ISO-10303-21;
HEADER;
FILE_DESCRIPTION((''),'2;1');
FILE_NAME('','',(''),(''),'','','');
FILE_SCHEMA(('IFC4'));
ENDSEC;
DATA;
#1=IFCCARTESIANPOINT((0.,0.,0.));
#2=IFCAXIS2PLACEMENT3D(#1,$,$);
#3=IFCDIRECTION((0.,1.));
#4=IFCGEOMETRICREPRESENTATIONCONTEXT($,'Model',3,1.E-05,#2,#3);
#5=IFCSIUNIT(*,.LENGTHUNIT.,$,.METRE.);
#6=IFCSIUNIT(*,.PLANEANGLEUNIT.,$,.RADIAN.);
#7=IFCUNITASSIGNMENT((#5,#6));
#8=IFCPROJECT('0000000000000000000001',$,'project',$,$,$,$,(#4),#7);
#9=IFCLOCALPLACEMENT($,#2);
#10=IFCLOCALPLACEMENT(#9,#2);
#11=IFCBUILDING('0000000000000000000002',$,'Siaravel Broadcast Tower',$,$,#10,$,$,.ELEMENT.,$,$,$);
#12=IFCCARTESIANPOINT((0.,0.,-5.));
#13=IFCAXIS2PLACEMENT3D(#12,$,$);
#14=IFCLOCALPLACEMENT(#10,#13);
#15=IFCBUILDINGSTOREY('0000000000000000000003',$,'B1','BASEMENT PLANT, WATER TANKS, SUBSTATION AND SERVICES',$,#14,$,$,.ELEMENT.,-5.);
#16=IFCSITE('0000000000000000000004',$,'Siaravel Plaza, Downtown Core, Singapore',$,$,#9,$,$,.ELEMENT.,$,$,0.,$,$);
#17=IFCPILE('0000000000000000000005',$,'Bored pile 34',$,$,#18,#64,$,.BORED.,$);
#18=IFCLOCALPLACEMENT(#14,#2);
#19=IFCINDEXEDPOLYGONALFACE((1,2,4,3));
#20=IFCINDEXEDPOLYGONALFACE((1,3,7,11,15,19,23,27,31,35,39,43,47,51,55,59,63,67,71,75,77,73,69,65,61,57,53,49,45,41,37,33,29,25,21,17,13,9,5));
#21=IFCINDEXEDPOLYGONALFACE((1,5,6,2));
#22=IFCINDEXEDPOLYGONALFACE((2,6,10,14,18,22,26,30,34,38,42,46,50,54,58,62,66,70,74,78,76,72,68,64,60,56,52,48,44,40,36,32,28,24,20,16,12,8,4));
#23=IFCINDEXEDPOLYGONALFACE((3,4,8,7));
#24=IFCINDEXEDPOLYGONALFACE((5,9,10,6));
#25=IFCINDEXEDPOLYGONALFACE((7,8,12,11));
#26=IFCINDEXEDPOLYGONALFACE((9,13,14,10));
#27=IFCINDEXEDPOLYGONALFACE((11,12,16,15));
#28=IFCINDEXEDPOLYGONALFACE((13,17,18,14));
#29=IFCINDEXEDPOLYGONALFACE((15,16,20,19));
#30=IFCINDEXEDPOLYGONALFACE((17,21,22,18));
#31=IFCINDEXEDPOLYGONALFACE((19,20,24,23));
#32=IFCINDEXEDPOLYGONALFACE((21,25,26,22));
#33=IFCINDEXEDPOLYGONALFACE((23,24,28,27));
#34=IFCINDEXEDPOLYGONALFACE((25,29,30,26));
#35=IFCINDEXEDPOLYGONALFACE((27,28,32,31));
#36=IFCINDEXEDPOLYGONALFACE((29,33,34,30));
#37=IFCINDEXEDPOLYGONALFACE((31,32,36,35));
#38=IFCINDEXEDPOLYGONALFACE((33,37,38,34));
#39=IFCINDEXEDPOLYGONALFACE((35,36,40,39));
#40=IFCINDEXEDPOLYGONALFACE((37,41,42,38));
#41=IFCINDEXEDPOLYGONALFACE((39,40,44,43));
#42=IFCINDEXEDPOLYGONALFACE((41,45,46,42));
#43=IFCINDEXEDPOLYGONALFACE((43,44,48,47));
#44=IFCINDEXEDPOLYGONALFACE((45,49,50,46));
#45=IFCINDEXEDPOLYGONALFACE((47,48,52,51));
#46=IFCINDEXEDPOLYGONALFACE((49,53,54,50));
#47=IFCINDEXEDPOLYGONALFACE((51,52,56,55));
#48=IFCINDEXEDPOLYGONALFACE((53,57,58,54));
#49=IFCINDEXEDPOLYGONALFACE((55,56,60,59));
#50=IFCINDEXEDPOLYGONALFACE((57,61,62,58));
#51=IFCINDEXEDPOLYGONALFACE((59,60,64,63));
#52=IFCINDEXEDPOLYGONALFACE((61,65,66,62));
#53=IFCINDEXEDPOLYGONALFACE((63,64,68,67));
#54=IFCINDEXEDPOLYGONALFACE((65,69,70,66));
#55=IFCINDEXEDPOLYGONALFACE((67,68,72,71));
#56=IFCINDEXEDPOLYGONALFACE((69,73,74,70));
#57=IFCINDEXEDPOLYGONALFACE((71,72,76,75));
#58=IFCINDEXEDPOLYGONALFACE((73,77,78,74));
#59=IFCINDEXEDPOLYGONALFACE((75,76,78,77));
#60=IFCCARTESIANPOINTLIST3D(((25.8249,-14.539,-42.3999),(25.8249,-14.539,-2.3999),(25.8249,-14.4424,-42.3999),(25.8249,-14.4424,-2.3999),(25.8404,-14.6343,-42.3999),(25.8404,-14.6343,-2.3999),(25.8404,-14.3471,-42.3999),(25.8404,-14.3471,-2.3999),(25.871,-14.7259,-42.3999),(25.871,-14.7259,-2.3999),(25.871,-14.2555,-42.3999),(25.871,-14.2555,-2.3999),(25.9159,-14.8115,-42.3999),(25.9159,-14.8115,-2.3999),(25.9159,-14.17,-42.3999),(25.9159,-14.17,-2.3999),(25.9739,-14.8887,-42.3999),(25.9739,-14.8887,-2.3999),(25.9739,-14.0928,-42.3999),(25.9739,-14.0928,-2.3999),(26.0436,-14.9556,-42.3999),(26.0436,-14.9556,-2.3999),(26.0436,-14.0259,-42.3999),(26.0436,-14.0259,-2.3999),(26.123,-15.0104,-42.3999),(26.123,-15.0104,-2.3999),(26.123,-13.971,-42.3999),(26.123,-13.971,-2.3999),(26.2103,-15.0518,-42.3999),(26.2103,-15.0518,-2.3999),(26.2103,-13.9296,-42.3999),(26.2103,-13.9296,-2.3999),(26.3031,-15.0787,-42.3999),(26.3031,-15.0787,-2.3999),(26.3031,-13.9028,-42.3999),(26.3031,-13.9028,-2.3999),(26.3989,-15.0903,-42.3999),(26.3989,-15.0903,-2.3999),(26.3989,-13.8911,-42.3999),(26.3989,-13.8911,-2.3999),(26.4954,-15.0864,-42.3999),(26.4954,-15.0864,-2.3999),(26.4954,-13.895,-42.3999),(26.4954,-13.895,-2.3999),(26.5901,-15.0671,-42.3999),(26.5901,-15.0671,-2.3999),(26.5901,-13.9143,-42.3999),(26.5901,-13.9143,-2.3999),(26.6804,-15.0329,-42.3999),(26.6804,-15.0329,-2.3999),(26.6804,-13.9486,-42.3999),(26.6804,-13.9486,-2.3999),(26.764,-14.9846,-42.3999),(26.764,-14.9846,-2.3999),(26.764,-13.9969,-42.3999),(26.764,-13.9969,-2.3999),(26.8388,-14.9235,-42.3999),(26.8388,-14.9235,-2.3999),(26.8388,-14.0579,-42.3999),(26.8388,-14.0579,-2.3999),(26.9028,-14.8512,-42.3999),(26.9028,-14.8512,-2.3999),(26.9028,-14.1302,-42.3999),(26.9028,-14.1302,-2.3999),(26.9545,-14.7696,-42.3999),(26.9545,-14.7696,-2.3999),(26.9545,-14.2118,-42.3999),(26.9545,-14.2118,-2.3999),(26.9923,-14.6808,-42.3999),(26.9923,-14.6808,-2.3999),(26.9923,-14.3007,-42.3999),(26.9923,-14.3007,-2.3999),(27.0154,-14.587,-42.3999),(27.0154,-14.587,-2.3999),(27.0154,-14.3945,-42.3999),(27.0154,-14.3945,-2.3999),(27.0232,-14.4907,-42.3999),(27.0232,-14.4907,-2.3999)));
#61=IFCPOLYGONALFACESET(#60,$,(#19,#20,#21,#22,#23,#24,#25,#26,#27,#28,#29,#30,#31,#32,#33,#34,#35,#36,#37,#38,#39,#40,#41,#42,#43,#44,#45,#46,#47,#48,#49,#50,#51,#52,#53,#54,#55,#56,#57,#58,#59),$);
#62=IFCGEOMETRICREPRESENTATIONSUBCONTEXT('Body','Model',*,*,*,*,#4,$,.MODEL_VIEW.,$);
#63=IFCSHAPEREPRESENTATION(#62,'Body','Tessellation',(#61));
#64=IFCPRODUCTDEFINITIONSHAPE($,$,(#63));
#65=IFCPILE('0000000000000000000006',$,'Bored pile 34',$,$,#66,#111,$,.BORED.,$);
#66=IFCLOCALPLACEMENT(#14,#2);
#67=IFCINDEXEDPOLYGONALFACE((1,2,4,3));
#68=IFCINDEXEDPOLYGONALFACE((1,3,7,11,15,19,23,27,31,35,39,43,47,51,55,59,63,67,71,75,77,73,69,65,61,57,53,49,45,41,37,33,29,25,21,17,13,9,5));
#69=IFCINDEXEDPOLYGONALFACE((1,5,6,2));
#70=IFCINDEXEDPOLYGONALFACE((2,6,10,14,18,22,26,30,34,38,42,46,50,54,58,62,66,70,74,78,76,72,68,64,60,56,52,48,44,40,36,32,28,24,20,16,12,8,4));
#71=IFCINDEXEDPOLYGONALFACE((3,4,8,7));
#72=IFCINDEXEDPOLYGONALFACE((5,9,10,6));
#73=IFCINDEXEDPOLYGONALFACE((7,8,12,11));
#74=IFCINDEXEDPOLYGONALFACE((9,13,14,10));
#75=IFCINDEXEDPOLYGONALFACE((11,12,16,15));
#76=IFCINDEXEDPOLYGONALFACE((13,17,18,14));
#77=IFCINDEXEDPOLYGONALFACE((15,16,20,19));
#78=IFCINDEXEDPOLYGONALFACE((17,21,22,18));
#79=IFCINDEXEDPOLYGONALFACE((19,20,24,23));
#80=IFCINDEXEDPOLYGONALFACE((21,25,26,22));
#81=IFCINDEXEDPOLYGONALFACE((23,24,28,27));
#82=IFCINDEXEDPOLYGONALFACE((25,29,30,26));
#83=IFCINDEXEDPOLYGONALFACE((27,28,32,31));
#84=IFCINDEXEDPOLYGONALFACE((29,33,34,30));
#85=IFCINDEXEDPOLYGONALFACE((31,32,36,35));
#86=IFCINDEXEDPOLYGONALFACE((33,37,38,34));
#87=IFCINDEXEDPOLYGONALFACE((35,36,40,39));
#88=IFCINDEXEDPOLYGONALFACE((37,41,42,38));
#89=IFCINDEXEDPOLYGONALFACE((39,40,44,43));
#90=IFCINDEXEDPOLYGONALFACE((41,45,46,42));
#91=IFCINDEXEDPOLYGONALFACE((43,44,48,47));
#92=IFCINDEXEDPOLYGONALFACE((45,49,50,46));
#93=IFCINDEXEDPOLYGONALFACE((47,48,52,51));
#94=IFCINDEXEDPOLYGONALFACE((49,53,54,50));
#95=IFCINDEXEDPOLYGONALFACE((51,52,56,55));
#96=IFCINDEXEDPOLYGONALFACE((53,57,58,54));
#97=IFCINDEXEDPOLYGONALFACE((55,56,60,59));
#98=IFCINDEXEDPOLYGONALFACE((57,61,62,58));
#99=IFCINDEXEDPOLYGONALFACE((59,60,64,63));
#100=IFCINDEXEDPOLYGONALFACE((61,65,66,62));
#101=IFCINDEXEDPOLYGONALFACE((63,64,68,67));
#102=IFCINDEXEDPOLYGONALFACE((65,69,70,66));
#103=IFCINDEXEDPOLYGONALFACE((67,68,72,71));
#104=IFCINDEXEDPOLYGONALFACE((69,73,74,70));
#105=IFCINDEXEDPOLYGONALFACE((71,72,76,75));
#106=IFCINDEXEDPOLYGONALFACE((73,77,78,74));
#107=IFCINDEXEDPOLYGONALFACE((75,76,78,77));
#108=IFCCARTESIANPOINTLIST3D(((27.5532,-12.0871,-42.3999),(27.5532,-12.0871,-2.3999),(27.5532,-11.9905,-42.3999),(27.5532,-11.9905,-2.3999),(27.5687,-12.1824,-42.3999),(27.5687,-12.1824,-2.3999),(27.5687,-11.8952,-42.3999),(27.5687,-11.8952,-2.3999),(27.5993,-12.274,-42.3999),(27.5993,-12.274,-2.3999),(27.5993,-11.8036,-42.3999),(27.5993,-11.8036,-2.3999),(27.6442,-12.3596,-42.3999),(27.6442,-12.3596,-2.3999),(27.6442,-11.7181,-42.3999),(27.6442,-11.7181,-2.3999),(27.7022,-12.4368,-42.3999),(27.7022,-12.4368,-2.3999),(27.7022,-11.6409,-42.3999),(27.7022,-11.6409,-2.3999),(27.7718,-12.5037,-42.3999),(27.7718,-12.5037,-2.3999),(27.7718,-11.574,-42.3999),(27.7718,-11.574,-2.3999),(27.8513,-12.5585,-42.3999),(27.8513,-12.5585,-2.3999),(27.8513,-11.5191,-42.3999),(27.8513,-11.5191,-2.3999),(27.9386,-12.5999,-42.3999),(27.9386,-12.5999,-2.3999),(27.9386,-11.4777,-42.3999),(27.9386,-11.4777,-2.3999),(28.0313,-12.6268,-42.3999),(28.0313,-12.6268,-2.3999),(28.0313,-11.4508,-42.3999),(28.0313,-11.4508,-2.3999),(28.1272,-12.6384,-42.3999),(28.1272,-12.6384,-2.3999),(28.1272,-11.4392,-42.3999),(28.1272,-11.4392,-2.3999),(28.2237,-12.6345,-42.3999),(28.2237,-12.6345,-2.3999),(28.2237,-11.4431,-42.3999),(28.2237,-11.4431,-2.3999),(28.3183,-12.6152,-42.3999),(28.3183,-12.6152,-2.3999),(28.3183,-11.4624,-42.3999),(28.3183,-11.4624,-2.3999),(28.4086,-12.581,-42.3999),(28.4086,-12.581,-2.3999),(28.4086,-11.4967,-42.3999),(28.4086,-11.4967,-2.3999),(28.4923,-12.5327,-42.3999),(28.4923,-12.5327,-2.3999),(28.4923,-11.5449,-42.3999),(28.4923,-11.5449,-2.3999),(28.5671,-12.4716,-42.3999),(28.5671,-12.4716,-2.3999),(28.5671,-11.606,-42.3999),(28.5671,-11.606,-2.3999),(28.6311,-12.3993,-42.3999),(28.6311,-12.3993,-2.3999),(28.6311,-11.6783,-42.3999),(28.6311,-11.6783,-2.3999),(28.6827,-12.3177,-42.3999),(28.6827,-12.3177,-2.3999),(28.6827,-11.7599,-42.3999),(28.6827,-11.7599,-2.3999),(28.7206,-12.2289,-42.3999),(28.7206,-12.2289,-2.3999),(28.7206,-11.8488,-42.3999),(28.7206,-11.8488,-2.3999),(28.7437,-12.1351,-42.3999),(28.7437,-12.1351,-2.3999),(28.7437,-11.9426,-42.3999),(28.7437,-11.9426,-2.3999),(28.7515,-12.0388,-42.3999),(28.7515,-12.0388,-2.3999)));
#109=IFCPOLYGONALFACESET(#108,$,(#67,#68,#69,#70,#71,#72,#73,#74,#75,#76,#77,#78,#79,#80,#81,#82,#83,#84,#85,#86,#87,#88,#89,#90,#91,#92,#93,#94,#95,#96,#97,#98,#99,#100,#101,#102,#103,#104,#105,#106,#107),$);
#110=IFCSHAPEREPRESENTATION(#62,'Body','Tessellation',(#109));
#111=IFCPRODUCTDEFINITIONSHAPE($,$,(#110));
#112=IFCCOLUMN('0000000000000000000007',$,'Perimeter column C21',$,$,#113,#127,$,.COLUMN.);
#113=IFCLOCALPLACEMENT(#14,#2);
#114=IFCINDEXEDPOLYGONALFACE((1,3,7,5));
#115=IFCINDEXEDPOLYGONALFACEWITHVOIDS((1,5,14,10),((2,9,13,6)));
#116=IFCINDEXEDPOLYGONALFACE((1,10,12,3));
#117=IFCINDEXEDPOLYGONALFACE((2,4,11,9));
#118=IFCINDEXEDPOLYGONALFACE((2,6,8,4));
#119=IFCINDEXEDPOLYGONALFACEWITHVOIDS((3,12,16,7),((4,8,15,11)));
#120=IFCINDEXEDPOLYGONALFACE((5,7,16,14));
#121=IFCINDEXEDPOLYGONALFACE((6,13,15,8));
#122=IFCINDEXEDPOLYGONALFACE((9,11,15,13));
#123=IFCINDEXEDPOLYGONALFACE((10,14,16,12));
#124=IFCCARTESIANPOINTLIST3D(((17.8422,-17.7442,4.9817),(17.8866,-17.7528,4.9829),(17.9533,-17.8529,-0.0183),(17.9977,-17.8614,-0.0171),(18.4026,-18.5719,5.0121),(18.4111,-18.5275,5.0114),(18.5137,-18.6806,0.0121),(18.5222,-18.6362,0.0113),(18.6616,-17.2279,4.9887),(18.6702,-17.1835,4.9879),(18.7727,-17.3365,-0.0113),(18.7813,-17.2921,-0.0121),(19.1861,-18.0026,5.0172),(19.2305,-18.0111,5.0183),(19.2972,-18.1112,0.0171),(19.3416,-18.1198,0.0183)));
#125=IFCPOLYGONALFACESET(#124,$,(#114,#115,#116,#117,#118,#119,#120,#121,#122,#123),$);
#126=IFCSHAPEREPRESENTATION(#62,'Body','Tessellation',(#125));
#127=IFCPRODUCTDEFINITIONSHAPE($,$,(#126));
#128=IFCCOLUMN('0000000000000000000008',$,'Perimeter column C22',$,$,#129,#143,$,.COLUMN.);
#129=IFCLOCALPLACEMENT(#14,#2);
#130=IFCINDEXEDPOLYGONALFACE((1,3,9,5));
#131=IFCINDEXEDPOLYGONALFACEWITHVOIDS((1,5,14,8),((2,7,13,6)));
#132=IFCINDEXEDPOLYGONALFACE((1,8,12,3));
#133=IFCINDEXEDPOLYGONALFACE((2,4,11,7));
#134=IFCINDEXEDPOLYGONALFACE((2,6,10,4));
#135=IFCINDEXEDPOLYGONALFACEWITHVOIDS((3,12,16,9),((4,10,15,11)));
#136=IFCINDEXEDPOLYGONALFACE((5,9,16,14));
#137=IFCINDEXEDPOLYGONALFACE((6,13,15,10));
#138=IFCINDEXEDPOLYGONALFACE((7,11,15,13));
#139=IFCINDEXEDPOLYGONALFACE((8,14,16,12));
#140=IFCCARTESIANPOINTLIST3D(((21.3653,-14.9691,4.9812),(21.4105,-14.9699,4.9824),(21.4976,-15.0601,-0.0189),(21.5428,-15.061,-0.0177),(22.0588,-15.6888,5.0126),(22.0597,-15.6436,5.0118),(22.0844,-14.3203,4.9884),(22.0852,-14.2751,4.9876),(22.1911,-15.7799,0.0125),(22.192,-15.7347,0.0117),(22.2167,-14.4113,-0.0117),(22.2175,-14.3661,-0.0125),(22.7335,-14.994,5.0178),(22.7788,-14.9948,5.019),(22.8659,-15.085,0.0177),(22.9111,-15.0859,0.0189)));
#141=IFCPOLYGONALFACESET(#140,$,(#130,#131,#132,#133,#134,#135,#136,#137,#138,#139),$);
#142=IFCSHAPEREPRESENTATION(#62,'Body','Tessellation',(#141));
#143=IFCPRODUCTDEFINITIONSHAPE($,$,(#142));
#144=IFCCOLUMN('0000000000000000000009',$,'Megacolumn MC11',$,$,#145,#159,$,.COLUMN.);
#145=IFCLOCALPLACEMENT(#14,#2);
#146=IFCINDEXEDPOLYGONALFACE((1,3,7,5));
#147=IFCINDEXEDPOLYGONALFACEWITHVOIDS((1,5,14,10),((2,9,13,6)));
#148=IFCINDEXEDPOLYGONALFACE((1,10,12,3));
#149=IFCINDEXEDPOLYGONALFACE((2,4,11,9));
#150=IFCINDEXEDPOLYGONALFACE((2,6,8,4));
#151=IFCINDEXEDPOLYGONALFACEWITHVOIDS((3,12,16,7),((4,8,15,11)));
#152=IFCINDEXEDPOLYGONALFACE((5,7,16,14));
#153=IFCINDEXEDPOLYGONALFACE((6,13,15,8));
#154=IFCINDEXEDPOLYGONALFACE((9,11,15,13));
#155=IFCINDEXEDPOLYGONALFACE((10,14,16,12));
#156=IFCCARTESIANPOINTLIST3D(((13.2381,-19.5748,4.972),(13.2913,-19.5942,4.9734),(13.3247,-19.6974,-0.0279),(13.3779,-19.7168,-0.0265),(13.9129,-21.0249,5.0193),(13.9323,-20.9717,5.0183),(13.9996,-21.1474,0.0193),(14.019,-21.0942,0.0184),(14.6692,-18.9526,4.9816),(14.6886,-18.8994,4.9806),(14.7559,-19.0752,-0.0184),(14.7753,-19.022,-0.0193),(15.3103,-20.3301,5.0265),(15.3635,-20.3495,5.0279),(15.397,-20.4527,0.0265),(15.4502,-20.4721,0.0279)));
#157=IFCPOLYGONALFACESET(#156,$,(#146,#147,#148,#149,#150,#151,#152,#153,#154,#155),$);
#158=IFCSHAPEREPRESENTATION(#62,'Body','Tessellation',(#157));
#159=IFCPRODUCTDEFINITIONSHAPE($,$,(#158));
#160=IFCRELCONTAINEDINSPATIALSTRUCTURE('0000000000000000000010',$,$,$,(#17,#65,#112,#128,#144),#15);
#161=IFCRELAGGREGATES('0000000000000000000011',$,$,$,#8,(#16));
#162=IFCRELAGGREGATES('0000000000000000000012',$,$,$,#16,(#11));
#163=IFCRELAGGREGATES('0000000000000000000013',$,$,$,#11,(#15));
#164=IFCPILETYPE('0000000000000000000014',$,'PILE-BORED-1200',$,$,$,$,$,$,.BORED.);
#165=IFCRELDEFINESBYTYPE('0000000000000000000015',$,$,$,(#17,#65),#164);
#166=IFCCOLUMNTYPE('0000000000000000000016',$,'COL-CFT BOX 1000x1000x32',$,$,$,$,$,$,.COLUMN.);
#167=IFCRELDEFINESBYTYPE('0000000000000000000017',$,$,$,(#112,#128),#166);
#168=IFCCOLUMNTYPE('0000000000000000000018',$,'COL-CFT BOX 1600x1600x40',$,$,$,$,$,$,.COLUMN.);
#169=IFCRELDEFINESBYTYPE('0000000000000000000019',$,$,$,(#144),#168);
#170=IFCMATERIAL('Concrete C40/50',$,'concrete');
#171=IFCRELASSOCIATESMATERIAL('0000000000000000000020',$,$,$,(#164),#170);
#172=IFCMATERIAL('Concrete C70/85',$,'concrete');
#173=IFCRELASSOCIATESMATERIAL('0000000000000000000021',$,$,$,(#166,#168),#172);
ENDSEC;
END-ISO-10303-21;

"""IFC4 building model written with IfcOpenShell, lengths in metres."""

from ifc_helpers import new_model, si_unit, direction, frame, origin, origin_2d, place, context, subcontext, project, spatial, hollow_rectangle, circle, extrude, material, material_profile, profile_set, type_object, element, save


model = new_model("IFC4")

# Units and contexts
model_context = context("Model", 3, precision=1e-05, world=origin(), true_north=direction((0.0, 1.0)))
body_context = subcontext(model_context, "Body", "Model", "MODEL_VIEW")
ifc_project = project(units=[si_unit("LENGTHUNIT", "METRE"), si_unit("PLANEANGLEUNIT", "RADIAN")], contexts=[model_context])

# Site, building, storey
site_placement = place(None, origin())
site = spatial("IfcSite", under=ifc_project, at=site_placement, Name="Siaravel Plaza, Downtown Core, Singapore", CompositionType="ELEMENT", RefElevation=0.0)
building_placement = place(site_placement, origin())
building = spatial("IfcBuilding", under=site, at=building_placement, Name="Siaravel Broadcast Tower", CompositionType="ELEMENT")
storey_placement = place(building_placement, frame((0.0, 0.0, -5.0)))
storey = spatial("IfcBuildingStorey", under=building, at=storey_placement, Name="B1", Description="BASEMENT PLANT, WATER TANKS, SUBSTATION AND SERVICES", CompositionType="ELEMENT", Elevation=-5.0)

# Shared definitions
ifc_material_1 = material(Name="Concrete C40/50", Category="concrete")

# Piles
ifc_material_profile_1 = material_profile(ifc_material_1, circle(Radius=0.6001, at=origin_2d()))
ifc_profile_set_1 = profile_set([ifc_material_profile_1], Name="Concrete C40/50")
pile_type = type_object("IfcPileType", Name="PILE-BORED-1200", PredefinedType="BORED", material=ifc_profile_set_1)
for number, where, z_axis, x_axis, name in (
    (1, (26.4231, -14.4907, -2.3999), (0.0, 0.0, -1.0), (1.0, 0.0, 0.0), "Bored pile 34"),
    (2, (28.1514, -12.0388, -2.3999), (0.0, 0.0, -1.0), (1.0, 0.0, 0.0), "Bored pile 34"),
):
    element("IfcPile", number, at=place(storey_placement, frame(where, z_axis=z_axis, x_axis=x_axis)), inside=storey, type_object=pile_type, Name=name, PredefinedType="BORED", context=body_context, shape_type="SweptSolid", body=[
        extrude(circle(Radius=0.6001, at=origin_2d()), origin(), (0.0, 0.0, 1.0), 40.0),
    ])

# Columns
ifc_material_2 = material(Name="Concrete C70/85", Category="concrete")
ifc_material_profile_2 = material_profile(ifc_material_2, hollow_rectangle(XDim=1.0, YDim=1.0, WallThickness=0.032, at=origin_2d()))
ifc_profile_set_2 = profile_set([ifc_material_profile_2], Name="Concrete C70/85")
column_type_1 = type_object("IfcColumnType", Name="COL-CFT BOX 1000x1000x32", PredefinedType="COLUMN", material=ifc_profile_set_2)
column_1_placement = place(storey_placement, frame((18.6475, -17.9863, 0.0), z_axis=(-0.022206, 0.021718, 0.999517), x_axis=(-0.827946, -0.560773, -0.00621)))
element("IfcColumn", 3, at=column_1_placement, inside=storey, type_object=column_type_1, Name="Perimeter column C21", PredefinedType="COLUMN", context=body_context, shape_type="SweptSolid", body=[
    extrude(hollow_rectangle(XDim=1.0, YDim=1.0, WallThickness=0.032, at=origin_2d()), origin(), (0.0, 0.0, 1.0), 5.0024),
])
column_2_placement = place(storey_placement, frame((22.2043, -15.073, 0.0), z_axis=(-0.026451, 0.018203, 0.999484), x_axis=(-0.719939, -0.694008, -0.006413)))
element("IfcColumn", 4, at=column_2_placement, inside=storey, type_object=column_type_1, Name="Perimeter column C22", PredefinedType="COLUMN", context=body_context, shape_type="SweptSolid", body=[
    extrude(hollow_rectangle(XDim=1.0, YDim=1.0, WallThickness=0.032, at=origin_2d()), origin(), (0.0, 0.0, 1.0), 5.0027),
])
ifc_material_profile_3 = material_profile(ifc_material_2, hollow_rectangle(XDim=1.6001, YDim=1.6001, WallThickness=0.04, at=origin_2d()))
ifc_profile_set_3 = profile_set([ifc_material_profile_3], Name="Concrete C70/85")
column_type_2 = type_object("IfcColumnType", Name="COL-CFT BOX 1600x1600x40", PredefinedType="COLUMN", material=ifc_profile_set_3)
column_3_placement = place(storey_placement, frame((14.3875, -20.0847, 0.0), z_axis=(-0.017326, 0.024501, 0.99955), x_axis=(-0.906542, -0.422081, -0.005368)))
element("IfcColumn", 5, at=column_3_placement, inside=storey, type_object=column_type_2, Name="Megacolumn MC11", PredefinedType="COLUMN", context=body_context, shape_type="SweptSolid", body=[
    extrude(hollow_rectangle(XDim=1.6001, YDim=1.6001, WallThickness=0.04, at=origin_2d()), origin(), (0.0, 0.0, 1.0), 5.0022),
])

save(model, "model.ifc")
